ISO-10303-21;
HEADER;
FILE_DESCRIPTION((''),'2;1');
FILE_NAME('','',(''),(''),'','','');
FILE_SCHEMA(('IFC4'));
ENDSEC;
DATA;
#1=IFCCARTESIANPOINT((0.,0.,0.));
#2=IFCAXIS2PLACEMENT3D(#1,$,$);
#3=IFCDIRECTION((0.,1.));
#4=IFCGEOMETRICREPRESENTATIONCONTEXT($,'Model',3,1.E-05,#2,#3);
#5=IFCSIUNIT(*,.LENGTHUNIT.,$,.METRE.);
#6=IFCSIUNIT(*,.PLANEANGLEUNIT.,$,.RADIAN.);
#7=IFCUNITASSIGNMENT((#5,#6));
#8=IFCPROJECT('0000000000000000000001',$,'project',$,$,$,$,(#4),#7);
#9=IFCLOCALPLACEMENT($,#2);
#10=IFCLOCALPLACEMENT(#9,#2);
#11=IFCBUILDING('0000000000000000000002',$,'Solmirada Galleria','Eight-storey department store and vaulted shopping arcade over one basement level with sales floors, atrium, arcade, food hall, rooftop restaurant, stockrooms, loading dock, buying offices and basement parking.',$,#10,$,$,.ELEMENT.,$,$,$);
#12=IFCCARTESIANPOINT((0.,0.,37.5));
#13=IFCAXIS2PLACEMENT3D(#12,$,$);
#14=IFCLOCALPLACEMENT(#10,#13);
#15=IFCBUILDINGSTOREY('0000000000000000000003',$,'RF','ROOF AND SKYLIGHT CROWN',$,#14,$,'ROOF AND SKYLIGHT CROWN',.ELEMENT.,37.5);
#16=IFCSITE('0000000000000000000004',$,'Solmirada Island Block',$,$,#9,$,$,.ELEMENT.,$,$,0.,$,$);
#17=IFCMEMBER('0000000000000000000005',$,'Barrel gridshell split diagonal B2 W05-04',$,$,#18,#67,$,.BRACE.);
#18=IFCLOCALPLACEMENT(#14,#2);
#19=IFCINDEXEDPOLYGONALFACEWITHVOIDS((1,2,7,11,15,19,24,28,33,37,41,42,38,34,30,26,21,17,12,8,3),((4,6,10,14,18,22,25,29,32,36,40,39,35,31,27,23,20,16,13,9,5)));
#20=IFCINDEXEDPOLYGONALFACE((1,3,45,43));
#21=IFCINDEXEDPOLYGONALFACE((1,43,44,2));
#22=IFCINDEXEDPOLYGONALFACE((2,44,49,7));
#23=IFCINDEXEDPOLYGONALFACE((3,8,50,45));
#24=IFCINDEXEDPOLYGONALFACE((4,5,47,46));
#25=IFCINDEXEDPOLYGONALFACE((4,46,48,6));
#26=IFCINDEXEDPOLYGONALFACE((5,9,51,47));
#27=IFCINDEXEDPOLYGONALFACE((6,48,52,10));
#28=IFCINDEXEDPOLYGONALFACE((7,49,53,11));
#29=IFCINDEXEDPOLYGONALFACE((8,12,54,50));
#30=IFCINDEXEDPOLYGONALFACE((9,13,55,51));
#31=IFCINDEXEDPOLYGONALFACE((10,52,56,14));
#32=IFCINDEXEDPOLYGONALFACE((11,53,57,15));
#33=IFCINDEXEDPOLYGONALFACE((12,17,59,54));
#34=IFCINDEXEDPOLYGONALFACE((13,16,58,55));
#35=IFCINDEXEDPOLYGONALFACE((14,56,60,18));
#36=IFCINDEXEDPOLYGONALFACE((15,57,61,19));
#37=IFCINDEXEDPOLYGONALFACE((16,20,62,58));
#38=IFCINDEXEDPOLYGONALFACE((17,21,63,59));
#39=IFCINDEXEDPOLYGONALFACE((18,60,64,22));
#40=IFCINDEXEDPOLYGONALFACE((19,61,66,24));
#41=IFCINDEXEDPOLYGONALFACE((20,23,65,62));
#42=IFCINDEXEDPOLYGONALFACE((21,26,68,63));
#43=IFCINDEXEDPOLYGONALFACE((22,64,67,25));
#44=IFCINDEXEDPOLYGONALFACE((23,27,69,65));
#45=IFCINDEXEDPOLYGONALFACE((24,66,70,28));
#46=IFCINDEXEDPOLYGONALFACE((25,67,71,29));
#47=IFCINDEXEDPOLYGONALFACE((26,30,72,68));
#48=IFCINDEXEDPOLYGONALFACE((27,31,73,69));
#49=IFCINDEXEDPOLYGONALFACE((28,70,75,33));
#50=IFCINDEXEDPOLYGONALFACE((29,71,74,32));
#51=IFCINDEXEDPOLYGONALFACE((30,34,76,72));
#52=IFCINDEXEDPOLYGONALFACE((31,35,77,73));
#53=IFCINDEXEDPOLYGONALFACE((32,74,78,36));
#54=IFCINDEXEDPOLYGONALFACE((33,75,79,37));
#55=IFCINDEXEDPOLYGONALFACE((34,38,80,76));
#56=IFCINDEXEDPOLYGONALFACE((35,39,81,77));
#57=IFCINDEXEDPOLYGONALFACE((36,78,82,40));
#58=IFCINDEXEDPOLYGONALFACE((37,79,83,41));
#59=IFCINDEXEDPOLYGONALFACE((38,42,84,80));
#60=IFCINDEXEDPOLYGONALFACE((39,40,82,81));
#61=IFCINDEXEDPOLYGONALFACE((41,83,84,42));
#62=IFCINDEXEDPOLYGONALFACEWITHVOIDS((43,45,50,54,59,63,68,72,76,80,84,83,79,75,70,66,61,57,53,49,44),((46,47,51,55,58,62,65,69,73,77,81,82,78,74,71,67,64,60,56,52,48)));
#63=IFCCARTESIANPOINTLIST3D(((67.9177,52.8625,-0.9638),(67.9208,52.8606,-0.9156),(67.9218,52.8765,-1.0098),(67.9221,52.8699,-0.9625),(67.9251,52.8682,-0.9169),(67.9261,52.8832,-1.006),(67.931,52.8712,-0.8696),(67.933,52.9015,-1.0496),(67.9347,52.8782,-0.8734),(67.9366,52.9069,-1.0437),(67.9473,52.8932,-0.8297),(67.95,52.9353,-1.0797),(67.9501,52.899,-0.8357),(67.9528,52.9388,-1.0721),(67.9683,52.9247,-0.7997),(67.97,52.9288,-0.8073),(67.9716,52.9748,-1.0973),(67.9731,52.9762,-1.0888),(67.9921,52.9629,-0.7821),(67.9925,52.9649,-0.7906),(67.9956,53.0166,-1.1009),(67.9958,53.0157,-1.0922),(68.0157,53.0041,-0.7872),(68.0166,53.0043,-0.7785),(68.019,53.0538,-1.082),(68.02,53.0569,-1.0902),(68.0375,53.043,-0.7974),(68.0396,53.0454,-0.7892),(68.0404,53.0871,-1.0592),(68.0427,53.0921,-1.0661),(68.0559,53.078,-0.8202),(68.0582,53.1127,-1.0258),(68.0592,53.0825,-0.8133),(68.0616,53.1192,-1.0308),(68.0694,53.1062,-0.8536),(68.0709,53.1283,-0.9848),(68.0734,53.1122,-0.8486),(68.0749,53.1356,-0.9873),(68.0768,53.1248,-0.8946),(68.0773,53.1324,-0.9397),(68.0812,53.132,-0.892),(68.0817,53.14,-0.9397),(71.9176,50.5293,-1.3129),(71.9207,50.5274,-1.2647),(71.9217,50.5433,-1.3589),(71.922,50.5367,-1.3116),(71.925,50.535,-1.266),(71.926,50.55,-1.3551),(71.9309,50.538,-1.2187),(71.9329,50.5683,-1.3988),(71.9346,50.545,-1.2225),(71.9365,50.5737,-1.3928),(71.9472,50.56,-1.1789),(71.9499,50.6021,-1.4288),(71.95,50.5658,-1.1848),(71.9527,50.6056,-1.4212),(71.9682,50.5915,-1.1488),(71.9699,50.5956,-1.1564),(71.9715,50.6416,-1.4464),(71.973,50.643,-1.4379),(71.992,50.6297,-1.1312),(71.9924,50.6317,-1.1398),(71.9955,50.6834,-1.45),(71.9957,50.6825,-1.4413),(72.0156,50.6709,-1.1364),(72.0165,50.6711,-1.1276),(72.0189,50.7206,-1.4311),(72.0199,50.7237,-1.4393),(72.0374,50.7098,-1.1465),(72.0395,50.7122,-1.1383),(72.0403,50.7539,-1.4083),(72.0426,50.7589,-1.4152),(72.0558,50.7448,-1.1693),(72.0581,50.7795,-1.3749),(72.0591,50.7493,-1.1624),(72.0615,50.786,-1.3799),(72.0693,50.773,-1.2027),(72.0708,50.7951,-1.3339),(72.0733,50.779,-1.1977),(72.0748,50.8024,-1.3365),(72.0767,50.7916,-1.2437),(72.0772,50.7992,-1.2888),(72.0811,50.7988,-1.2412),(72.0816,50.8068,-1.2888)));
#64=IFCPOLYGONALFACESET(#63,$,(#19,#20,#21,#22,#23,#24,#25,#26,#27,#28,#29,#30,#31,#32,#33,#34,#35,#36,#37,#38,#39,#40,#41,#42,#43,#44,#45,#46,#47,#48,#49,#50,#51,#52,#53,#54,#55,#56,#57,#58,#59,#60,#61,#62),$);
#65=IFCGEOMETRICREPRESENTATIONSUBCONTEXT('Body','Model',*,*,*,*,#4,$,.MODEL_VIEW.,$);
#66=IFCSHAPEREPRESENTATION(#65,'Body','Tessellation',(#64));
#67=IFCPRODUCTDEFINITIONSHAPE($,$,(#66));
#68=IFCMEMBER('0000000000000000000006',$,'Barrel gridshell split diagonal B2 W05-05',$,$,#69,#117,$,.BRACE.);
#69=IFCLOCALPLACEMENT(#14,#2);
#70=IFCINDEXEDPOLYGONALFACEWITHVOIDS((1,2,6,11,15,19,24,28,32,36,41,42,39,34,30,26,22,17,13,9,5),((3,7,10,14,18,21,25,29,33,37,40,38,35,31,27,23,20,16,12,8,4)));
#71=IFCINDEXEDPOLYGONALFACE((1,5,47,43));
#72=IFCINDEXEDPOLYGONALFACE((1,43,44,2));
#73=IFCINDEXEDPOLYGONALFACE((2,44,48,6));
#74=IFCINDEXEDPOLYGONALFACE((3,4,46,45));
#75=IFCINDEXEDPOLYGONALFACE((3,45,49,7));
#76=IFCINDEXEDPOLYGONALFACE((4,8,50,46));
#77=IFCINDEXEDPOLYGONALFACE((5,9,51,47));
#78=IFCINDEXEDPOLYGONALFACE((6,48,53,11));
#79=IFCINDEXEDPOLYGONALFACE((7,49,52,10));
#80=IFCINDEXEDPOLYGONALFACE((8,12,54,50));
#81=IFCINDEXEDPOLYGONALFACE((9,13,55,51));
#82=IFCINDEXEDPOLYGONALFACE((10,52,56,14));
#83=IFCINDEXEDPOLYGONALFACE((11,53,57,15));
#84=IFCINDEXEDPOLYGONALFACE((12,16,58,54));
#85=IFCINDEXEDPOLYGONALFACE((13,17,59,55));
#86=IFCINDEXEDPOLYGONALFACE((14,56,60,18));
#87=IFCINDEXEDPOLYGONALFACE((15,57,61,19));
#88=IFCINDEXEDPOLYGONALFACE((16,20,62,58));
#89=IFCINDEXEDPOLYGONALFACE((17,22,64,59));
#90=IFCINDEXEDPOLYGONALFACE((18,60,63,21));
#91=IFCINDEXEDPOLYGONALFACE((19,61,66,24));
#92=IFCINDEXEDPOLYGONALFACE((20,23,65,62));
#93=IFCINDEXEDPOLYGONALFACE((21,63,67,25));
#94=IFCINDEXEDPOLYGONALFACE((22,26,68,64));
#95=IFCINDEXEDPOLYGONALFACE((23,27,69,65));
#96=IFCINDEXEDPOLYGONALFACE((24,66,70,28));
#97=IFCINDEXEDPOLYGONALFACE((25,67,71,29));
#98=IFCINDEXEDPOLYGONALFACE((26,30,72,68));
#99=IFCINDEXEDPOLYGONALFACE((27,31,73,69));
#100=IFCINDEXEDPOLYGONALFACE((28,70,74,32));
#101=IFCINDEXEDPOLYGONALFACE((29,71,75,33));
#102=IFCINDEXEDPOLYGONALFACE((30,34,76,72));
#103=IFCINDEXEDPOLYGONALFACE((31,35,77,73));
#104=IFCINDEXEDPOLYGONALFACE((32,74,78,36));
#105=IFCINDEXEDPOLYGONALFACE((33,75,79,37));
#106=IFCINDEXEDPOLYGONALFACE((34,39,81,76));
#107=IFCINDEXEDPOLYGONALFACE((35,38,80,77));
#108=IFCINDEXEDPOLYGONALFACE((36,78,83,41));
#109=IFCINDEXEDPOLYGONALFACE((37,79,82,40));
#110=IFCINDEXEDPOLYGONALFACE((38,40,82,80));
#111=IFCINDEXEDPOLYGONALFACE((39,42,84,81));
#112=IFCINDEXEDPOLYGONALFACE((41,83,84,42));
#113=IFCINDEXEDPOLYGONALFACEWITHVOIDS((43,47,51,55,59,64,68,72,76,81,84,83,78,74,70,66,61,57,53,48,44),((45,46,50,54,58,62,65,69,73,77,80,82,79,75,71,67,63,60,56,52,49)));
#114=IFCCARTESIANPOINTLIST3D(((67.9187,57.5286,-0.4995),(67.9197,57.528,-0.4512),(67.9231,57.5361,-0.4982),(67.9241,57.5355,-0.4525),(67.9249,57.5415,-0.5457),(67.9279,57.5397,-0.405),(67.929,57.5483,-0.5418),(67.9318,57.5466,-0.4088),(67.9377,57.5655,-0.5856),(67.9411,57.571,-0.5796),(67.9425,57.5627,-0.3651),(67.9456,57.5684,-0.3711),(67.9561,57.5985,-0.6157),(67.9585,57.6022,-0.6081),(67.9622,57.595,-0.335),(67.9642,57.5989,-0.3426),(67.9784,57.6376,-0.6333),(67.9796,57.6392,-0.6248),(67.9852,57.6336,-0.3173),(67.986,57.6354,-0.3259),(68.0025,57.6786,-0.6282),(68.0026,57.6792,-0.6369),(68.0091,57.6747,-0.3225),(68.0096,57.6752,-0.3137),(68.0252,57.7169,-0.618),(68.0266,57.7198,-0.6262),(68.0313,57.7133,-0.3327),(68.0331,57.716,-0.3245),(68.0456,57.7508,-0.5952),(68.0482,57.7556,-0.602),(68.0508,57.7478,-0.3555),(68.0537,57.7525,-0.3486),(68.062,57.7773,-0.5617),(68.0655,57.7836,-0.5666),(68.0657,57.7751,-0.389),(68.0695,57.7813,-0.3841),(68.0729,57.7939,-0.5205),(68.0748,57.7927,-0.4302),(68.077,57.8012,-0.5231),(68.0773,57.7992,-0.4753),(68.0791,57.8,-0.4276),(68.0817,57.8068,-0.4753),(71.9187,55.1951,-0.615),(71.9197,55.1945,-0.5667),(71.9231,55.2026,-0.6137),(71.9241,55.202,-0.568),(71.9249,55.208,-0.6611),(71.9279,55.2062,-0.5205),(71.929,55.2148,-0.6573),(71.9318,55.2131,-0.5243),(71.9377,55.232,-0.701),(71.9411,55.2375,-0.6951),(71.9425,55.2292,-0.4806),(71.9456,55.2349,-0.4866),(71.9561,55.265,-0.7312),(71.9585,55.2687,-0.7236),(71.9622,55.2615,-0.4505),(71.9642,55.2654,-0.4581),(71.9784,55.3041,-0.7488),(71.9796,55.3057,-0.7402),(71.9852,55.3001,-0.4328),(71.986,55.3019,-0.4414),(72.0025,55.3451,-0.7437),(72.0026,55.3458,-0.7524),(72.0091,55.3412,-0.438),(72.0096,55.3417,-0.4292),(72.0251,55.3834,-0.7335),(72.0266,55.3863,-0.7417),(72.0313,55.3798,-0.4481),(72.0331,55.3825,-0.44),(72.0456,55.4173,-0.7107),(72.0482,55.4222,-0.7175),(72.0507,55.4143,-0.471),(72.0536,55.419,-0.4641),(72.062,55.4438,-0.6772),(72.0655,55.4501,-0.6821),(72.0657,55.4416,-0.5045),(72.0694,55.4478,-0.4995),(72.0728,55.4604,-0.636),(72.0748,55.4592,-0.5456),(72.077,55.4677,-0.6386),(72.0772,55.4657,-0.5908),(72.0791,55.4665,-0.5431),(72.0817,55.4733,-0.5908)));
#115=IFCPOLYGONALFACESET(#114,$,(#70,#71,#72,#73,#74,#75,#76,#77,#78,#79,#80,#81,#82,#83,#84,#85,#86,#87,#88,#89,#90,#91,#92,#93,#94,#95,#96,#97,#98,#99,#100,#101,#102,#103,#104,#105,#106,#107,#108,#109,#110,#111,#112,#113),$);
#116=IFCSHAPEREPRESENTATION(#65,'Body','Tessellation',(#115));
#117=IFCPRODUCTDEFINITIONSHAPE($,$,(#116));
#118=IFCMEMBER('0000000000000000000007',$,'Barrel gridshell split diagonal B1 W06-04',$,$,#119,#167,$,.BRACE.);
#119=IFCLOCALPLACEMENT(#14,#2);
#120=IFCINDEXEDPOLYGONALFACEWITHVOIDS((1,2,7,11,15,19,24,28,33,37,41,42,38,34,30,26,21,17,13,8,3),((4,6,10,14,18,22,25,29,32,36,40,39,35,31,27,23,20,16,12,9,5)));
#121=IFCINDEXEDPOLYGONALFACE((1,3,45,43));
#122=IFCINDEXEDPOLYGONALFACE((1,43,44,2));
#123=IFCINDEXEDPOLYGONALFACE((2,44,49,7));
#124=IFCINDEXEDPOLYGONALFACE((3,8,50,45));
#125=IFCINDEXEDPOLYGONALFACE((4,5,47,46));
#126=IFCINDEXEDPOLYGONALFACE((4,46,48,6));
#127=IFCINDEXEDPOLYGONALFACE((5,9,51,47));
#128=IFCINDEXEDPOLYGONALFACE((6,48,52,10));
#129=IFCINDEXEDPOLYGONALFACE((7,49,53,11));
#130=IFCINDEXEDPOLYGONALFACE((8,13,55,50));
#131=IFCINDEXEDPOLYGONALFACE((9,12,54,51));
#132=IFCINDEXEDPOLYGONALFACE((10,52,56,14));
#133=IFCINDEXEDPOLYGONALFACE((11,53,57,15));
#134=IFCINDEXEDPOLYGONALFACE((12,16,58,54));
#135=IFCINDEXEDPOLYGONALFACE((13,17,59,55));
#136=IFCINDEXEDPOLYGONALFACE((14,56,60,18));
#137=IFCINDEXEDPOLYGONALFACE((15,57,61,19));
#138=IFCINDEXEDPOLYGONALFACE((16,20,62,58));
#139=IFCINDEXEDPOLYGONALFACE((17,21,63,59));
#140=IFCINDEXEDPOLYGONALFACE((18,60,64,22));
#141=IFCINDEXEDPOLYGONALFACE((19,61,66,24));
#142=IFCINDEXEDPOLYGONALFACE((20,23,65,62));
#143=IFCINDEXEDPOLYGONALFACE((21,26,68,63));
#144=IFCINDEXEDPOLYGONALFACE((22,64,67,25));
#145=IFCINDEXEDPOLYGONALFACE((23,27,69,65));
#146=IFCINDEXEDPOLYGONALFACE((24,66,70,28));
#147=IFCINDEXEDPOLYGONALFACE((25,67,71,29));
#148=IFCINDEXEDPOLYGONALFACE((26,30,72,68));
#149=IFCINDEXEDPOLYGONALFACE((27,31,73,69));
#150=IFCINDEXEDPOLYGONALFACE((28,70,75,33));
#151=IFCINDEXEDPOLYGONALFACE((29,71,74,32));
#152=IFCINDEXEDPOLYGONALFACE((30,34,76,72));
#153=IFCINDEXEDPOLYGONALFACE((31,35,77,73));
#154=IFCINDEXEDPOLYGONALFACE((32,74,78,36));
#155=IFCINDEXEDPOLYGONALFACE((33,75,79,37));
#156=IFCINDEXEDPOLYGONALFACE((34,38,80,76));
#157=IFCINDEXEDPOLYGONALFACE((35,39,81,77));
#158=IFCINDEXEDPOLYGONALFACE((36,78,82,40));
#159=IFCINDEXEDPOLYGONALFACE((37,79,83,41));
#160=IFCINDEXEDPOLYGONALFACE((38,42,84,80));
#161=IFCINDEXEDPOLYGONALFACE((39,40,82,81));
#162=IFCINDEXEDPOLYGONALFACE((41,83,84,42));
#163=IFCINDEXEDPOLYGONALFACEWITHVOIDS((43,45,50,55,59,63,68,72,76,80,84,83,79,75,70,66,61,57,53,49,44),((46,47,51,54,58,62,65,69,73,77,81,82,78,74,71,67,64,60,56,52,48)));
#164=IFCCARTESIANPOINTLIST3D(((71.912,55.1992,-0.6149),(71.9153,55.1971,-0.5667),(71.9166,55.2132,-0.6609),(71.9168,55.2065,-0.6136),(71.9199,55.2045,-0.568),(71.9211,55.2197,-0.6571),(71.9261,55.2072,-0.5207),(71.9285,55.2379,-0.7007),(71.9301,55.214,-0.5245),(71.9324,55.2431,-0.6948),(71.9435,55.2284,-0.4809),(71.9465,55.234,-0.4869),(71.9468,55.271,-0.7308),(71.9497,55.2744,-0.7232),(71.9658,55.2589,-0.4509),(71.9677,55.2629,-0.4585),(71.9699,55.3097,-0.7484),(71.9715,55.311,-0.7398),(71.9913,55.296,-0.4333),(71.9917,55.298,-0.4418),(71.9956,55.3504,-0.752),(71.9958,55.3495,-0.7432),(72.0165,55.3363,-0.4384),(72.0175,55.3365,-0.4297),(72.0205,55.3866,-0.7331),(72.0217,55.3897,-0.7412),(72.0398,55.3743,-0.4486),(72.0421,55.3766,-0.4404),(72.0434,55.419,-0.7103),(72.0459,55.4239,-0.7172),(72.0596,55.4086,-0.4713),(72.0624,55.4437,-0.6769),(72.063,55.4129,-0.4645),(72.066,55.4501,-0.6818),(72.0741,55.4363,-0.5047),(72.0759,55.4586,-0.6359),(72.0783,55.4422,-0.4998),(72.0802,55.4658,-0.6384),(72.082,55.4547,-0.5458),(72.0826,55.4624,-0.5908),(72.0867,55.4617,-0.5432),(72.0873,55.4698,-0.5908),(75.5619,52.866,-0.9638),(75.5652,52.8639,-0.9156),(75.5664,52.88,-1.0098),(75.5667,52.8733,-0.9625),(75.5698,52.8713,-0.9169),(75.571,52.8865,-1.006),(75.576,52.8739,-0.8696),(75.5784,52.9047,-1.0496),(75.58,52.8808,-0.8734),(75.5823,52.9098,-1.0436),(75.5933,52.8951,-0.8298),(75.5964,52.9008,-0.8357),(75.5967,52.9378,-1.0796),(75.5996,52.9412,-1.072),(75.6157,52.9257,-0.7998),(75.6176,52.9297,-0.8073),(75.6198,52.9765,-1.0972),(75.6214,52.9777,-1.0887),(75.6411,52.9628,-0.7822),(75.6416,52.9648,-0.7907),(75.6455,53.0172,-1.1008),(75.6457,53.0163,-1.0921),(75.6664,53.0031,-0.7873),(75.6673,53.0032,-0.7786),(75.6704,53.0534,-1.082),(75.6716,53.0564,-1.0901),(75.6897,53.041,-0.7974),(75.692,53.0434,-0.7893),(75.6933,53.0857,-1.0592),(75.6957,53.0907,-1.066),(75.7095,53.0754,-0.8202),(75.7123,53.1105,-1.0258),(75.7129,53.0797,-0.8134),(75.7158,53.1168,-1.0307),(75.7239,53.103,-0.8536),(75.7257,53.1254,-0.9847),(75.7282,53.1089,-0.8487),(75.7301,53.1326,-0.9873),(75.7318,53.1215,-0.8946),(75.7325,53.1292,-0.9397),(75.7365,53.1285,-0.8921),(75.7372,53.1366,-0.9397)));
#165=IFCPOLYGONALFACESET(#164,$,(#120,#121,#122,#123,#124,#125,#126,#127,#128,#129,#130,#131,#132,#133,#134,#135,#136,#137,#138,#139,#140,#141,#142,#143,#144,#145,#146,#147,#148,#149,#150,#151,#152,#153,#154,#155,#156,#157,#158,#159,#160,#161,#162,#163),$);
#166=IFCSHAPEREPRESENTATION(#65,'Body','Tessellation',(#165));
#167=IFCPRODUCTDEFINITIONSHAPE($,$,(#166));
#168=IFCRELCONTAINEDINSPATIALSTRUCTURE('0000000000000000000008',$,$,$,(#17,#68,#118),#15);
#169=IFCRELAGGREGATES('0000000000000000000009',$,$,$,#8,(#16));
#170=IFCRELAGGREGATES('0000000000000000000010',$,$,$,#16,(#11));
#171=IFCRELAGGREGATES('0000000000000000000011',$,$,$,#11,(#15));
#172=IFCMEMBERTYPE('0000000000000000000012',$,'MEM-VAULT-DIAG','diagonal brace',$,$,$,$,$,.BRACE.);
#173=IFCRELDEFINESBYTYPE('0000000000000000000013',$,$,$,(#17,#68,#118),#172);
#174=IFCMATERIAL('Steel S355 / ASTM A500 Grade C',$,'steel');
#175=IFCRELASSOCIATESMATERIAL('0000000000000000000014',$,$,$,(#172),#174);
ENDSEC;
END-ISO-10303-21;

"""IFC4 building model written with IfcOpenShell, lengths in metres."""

from ifc_helpers import new_model, si_unit, direction, frame, origin, origin_2d, place, context, subcontext, project, spatial, hollow_circle, extrude, material, material_profile, profile_set, type_object, element, save


model = new_model("IFC4")

# Units and contexts
model_context = context("Model", 3, precision=1e-05, world=origin(), true_north=direction((0.0, 1.0)))
body_context = subcontext(model_context, "Body", "Model", "MODEL_VIEW")
ifc_project = project(units=[si_unit("LENGTHUNIT", "METRE"), si_unit("PLANEANGLEUNIT", "RADIAN")], contexts=[model_context])

# Site, building, storey
site_placement = place(None, origin())
site = spatial("IfcSite", under=ifc_project, at=site_placement, Name="Solmirada Island Block", CompositionType="ELEMENT", RefElevation=0.0)
building_placement = place(site_placement, origin())
building = spatial("IfcBuilding", under=site, at=building_placement, Name="Solmirada Galleria", Description="Eight-storey department store and vaulted shopping arcade over one basement level with sales floors, atrium, arcade, food hall, rooftop restaurant, stockrooms, loading dock, buying offices and basement parking.", CompositionType="ELEMENT")
storey_placement = place(building_placement, frame((0.0, 0.0, 37.5)))
storey = spatial("IfcBuildingStorey", under=building, at=storey_placement, Name="RF", Description="ROOF AND SKYLIGHT CROWN", LongName="ROOF AND SKYLIGHT CROWN", CompositionType="ELEMENT", Elevation=37.5)

# Members
ifc_material_1 = material(Name="Steel S355 / ASTM A500 Grade C", Category="steel")
ifc_material_profile_1 = material_profile(ifc_material_1, hollow_circle(Radius=0.1621, WallThickness=0.0088, at=origin_2d()), Name="HSS12.750X0.375")
ifc_profile_set_1 = profile_set([ifc_material_profile_1], Name="Steel S355 / ASTM A500 Grade C")
member_type_1 = type_object("IfcMemberType", Name="MEM-VAULT-DIAG", Description="diagonal brace", PredefinedType="BRACE", material=ifc_profile_set_1)
member_1_placement = place(storey_placement, frame((68.0, 53.0, -0.9397), z_axis=(0.861342, -0.502432, -0.075178), x_axis=(0.503858, 0.863787, 0.0)))
element("IfcMember", 1, at=member_1_placement, inside=storey, type_object=member_type_1, Name="Barrel gridshell split diagonal B2 W05-04", PredefinedType="BRACE", context=body_context, shape_type="SweptSolid", body=[
    extrude(hollow_circle(Radius=0.1621, WallThickness=0.0088, at=origin_2d()), origin(), (0.0, 0.0, 1.0), 4.6438),
])
member_2_placement = place(storey_placement, frame((68.0, 57.6667, -0.4753), z_axis=(0.863495, -0.503741, -0.024929), x_axis=(0.503897, 0.863764, 0.0)))
element("IfcMember", 2, at=member_2_placement, inside=storey, type_object=member_type_1, Name="Barrel gridshell split diagonal B2 W05-05", PredefinedType="BRACE", context=body_context, shape_type="SweptSolid", body=[
    extrude(hollow_circle(Radius=0.1621, WallThickness=0.0088, at=origin_2d()), origin(), (0.0, 0.0, 1.0), 4.6323),
])
member_3_placement = place(storey_placement, frame((72.0, 55.3333, -0.5908), z_axis=(0.839834, -0.536876, -0.080276), x_axis=(0.538614, 0.842553, 0.0)))
element("IfcMember", 3, at=member_3_placement, inside=storey, type_object=member_type_1, Name="Barrel gridshell split diagonal B1 W06-04", PredefinedType="BRACE", context=body_context, shape_type="SweptSolid", body=[
    extrude(hollow_circle(Radius=0.1621, WallThickness=0.0088, at=origin_2d()), origin(), (0.0, 0.0, 1.0), 4.3459),
])

save(model, "model.ifc")
